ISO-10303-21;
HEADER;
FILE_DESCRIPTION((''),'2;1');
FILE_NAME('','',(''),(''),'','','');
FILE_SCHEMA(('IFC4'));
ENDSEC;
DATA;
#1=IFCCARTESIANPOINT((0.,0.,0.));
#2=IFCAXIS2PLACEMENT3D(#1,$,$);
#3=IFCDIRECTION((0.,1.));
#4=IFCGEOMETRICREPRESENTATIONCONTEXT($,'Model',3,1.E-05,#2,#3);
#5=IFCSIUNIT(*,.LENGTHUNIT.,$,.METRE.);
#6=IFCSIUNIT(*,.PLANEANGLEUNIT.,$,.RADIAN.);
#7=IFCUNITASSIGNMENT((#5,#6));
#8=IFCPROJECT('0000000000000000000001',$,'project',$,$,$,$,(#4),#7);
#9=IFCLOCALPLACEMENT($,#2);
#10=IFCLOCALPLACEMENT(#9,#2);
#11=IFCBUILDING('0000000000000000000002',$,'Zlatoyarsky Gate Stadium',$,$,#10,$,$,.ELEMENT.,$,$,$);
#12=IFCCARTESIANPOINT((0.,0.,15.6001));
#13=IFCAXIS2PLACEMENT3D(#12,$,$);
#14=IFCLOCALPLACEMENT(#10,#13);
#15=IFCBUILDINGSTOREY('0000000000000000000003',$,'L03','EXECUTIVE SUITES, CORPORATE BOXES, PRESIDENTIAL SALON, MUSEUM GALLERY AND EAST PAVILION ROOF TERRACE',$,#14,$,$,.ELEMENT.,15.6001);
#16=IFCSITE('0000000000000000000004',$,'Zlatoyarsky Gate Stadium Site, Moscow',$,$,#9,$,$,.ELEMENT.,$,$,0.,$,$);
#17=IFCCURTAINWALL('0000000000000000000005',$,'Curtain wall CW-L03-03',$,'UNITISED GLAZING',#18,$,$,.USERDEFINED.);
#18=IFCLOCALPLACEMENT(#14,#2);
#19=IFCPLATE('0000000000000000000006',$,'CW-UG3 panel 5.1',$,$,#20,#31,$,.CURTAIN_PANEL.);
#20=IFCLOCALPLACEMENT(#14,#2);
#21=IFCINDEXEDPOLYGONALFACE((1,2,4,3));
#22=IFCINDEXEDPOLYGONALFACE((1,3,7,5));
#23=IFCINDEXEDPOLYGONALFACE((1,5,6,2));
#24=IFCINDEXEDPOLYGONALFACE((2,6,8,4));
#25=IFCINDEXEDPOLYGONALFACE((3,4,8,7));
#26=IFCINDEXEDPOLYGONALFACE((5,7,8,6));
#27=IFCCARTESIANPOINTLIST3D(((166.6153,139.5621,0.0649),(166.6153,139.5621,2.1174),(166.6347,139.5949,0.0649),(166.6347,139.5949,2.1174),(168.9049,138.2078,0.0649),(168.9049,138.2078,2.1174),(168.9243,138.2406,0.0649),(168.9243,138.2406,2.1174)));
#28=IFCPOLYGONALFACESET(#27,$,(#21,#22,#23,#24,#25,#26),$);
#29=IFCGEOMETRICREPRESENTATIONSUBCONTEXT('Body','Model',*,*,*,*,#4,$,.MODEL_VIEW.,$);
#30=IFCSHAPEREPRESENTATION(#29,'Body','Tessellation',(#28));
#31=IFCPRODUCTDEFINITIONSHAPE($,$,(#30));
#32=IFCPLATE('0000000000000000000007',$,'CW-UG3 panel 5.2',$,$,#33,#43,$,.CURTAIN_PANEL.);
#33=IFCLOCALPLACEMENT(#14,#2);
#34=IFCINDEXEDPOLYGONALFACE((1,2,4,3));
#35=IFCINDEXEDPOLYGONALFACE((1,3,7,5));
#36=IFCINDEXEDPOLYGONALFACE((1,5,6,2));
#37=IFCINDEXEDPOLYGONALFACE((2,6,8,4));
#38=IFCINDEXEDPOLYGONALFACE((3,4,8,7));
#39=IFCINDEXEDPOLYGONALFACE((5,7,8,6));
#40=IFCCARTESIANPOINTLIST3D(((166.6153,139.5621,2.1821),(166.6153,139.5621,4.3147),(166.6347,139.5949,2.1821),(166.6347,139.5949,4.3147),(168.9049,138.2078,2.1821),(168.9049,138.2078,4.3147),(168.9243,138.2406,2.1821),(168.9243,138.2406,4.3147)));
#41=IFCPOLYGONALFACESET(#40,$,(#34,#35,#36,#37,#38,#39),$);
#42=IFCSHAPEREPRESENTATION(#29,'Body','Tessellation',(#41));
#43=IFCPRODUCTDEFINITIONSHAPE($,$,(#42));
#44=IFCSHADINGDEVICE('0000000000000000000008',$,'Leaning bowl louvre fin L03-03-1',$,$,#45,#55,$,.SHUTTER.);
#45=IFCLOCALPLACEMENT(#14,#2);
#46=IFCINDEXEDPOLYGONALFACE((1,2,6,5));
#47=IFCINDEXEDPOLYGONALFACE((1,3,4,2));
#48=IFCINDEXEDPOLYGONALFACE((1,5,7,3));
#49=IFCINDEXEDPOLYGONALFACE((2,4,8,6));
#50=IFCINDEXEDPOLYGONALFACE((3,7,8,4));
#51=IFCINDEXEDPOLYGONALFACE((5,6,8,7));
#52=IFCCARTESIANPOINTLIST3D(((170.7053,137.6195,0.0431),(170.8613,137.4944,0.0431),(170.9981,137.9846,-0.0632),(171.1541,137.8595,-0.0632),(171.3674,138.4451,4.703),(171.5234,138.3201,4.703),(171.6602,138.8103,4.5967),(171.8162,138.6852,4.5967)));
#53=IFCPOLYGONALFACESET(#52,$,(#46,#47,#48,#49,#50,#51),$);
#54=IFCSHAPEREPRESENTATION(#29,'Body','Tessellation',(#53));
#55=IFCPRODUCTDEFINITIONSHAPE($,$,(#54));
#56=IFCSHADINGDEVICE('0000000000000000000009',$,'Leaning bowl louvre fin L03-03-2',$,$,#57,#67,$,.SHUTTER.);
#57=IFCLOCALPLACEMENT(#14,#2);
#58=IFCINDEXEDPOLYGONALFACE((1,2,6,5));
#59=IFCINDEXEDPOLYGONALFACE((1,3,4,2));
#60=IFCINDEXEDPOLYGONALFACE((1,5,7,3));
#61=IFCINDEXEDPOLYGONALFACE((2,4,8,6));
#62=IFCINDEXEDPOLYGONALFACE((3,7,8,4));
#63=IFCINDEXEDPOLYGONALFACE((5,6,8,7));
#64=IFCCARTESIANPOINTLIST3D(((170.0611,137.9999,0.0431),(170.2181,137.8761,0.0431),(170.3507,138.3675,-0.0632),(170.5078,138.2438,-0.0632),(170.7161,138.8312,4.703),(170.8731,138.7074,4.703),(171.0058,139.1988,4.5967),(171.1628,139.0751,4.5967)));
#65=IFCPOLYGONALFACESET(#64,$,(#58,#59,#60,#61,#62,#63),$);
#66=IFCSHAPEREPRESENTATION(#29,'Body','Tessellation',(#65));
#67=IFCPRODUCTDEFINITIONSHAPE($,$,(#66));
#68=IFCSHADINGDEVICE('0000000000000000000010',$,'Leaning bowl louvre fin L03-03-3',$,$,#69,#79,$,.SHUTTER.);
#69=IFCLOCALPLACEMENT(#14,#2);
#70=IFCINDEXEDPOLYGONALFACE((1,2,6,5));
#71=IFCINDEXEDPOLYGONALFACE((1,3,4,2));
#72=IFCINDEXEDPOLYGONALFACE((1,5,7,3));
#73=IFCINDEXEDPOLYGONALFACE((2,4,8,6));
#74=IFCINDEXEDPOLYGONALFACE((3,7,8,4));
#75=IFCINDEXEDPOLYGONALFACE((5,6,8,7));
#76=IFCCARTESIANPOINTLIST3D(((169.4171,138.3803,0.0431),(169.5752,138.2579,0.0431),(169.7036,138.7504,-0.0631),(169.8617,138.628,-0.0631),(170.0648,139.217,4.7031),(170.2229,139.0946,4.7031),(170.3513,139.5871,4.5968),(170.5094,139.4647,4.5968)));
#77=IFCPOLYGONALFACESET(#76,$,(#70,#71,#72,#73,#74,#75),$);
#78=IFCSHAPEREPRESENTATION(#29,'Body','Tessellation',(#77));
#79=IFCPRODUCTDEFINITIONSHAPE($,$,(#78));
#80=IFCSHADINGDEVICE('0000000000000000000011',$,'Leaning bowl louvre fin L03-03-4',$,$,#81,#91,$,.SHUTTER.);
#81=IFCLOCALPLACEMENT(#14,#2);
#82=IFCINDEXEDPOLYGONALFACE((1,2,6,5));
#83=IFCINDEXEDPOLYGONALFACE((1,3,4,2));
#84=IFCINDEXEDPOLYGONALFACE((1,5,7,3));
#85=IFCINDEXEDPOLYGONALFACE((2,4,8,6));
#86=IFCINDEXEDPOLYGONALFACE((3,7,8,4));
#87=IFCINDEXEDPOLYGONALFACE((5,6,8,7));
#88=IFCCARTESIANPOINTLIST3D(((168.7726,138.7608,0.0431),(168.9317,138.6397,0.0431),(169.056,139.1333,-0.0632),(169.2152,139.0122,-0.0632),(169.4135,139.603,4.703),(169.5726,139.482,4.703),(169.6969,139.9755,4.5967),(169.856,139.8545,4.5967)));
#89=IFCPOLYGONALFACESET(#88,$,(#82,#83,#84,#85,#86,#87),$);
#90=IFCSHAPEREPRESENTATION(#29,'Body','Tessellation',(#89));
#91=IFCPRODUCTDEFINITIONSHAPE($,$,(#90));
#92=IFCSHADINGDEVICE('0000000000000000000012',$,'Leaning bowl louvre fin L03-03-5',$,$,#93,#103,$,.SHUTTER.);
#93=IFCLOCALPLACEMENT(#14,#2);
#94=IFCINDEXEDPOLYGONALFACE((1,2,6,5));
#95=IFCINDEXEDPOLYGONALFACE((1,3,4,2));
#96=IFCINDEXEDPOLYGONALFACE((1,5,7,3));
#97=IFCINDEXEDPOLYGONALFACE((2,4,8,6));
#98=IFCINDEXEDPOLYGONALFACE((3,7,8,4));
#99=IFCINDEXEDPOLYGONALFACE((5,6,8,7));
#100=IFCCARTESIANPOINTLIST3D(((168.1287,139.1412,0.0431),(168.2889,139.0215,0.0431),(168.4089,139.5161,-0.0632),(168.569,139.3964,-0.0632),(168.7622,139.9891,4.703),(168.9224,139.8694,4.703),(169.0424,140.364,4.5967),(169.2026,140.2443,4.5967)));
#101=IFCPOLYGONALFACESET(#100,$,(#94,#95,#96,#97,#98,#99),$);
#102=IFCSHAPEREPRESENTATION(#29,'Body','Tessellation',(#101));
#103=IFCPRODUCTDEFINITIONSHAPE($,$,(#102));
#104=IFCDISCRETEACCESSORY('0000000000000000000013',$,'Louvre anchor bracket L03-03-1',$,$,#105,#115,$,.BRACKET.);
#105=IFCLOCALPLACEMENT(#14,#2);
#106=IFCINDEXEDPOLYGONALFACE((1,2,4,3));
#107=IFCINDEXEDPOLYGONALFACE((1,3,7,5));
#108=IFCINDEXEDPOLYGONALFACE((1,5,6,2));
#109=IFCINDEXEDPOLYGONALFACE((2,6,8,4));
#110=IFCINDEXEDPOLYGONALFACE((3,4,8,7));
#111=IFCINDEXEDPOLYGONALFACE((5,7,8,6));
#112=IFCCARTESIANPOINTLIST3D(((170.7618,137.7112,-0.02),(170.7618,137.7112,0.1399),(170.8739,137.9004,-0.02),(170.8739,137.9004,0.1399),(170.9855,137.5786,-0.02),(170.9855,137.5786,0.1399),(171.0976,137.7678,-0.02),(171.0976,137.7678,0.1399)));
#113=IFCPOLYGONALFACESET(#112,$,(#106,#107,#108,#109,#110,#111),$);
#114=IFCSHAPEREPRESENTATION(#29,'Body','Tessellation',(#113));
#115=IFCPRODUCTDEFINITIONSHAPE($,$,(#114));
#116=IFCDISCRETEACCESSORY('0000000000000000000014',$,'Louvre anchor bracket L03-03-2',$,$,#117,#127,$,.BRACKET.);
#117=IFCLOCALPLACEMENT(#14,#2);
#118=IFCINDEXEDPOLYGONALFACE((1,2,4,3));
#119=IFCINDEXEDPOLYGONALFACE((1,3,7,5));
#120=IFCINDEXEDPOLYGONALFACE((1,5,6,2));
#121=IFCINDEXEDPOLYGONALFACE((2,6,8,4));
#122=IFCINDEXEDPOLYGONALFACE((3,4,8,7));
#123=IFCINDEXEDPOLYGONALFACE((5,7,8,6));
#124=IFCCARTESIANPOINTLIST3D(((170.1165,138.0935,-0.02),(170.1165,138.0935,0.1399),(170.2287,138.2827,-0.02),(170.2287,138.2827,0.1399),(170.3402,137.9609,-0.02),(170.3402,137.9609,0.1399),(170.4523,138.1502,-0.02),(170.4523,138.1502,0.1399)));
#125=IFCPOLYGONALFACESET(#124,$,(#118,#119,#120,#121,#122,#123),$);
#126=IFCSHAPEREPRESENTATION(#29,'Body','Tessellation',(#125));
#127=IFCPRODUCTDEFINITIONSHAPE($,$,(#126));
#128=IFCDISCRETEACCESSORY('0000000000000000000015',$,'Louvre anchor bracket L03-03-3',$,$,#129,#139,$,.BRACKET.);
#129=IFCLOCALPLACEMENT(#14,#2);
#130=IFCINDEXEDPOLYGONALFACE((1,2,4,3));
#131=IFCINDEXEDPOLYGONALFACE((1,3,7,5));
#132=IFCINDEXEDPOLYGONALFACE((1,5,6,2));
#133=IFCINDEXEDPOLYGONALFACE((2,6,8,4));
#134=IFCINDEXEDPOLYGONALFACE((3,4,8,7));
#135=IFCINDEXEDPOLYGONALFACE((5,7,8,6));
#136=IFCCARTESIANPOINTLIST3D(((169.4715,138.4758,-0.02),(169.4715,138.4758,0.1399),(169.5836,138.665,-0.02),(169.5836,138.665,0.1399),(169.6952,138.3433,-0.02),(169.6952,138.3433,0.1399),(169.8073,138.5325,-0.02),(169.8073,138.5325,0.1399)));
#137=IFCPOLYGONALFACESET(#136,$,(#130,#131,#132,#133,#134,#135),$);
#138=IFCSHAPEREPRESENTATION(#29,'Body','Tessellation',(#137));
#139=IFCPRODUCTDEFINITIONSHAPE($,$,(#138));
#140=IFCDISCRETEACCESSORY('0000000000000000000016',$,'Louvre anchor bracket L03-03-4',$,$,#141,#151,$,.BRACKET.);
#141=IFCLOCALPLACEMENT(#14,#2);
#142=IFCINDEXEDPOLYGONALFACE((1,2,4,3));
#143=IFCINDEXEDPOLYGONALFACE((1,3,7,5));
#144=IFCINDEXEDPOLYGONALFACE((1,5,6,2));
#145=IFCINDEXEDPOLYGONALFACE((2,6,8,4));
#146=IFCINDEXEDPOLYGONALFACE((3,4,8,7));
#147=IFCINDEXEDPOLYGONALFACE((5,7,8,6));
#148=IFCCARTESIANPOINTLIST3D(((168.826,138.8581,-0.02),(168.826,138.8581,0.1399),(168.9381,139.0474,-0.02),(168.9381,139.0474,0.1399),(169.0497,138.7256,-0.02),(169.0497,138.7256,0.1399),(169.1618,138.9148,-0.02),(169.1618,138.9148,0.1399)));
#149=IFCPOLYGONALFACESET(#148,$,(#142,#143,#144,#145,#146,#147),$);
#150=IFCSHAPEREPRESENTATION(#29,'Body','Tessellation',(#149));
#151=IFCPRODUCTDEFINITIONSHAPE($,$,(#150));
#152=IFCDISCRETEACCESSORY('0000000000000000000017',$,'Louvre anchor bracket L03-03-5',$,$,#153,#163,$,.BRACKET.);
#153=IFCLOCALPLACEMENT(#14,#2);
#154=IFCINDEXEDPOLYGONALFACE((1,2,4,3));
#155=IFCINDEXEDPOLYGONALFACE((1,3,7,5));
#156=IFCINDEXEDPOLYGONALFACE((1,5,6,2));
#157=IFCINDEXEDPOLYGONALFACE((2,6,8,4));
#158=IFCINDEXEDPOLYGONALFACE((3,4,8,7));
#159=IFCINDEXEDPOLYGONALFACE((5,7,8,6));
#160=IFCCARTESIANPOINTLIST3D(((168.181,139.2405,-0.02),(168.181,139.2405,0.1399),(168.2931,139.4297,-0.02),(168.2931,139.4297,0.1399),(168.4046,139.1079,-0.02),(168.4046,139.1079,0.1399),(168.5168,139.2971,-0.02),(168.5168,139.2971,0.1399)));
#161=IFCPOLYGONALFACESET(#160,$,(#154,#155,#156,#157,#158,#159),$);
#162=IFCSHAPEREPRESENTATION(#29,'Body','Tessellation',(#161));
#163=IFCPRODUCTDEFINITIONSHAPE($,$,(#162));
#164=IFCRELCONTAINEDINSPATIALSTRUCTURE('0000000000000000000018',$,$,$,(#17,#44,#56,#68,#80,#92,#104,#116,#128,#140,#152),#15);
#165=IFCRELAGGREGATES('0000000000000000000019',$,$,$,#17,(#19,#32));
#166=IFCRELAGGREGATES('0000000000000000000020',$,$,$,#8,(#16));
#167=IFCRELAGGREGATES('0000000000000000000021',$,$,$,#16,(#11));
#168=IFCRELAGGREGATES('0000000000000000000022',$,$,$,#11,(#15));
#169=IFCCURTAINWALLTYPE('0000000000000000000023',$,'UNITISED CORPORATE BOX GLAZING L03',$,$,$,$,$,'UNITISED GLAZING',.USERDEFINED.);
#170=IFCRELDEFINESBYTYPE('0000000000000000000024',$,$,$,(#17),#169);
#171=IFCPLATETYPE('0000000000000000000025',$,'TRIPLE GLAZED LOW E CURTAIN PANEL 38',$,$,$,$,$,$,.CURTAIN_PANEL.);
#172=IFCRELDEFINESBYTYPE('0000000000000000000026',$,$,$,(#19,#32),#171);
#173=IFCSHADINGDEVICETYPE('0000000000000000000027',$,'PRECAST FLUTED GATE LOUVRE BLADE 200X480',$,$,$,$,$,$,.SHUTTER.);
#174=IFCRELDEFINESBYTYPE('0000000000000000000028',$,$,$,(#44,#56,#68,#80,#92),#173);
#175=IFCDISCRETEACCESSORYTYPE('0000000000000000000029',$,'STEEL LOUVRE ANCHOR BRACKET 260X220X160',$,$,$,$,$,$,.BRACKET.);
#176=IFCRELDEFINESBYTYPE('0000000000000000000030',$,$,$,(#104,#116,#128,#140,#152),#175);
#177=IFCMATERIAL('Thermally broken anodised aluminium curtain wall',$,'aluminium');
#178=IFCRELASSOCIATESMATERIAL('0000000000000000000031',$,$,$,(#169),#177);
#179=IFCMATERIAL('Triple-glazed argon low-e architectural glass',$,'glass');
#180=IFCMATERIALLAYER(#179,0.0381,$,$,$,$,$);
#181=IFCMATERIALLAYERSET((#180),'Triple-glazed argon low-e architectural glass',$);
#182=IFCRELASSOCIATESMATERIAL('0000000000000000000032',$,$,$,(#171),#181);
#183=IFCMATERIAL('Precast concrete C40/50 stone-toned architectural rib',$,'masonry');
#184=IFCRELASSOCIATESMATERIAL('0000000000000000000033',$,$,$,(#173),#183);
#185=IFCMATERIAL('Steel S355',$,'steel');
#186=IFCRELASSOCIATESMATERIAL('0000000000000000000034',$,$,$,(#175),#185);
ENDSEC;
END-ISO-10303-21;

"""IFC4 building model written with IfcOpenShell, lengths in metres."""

from ifc_helpers import new_model, si_unit, direction, frame, origin, origin_2d, place, context, subcontext, project, spatial, rectangle, extrude, material, layer, layer_set, material_profile, profile_set, type_object, element, aggregate, save


model = new_model("IFC4")

# Units and contexts
model_context = context("Model", 3, precision=1e-05, world=origin(), true_north=direction((0.0, 1.0)))
body_context = subcontext(model_context, "Body", "Model", "MODEL_VIEW")
ifc_project = project(units=[si_unit("LENGTHUNIT", "METRE"), si_unit("PLANEANGLEUNIT", "RADIAN")], contexts=[model_context])

# Site, building, storey
site_placement = place(None, origin())
site = spatial("IfcSite", under=ifc_project, at=site_placement, Name="Zlatoyarsky Gate Stadium Site, Moscow", CompositionType="ELEMENT", RefElevation=0.0)
building_placement = place(site_placement, origin())
building = spatial("IfcBuilding", under=site, at=building_placement, Name="Zlatoyarsky Gate Stadium", CompositionType="ELEMENT")
storey_placement = place(building_placement, frame((0.0, 0.0, 15.6001)))
storey = spatial("IfcBuildingStorey", under=building, at=storey_placement, Name="L03", Description="EXECUTIVE SUITES, CORPORATE BOXES, PRESIDENTIAL SALON, MUSEUM GALLERY AND EAST PAVILION ROOF TERRACE", CompositionType="ELEMENT", Elevation=15.6001)

# Curtain wall
ifc_material_1 = material(Name="Thermally broken anodised aluminium curtain wall", Category="aluminium")
curtain_wall_type = type_object("IfcCurtainWallType", Name="UNITISED CORPORATE BOX GLAZING L03", ElementType="UNITISED GLAZING", PredefinedType="USERDEFINED", material=ifc_material_1)
curtain_wall_placement = place(storey_placement, origin())
curtain_wall = element("IfcCurtainWall", 1, at=curtain_wall_placement, inside=storey, type_object=curtain_wall_type, Name="Curtain wall CW-L03-03", ObjectType="UNITISED GLAZING", PredefinedType="USERDEFINED")

# Shared definitions
ifc_material_2 = material(Name="Steel S355", Category="steel")

# Plates
ifc_material_3 = material(Name="Triple-glazed argon low-e architectural glass", Category="glass")
ifc_layer_1 = layer(ifc_material_3, 0.0381)
ifc_layer_set_1 = layer_set([ifc_layer_1], Name="Triple-glazed argon low-e architectural glass")
plate_type_1 = type_object("IfcPlateType", Name="TRIPLE GLAZED LOW E CURTAIN PANEL 38", PredefinedType="CURTAIN_PANEL", material=ifc_layer_set_1)
plate_1_placement = place(storey_placement, frame((167.7698, 138.9014, 0.0649), z_axis=(0.0, 0.0, 1.0), x_axis=(-0.860708, 0.509098, 0.0)))
plate_1 = element("IfcPlate", 2, at=plate_1_placement, type_object=plate_type_1, Name="CW-UG3 panel 5.1", PredefinedType="CURTAIN_PANEL", context=body_context, shape_type="SweptSolid", body=[
    extrude(rectangle(XDim=2.6602, YDim=0.0381, at=origin_2d()), origin(), (0.0, 0.0, 1.0), 2.0525),
])
plate_2_placement = place(storey_placement, frame((167.7698, 138.9014, 2.1821), z_axis=(0.0, 0.0, 1.0), x_axis=(-0.860708, 0.509098, 0.0)))
plate_2 = element("IfcPlate", 3, at=plate_2_placement, type_object=plate_type_1, Name="CW-UG3 panel 5.2", PredefinedType="CURTAIN_PANEL", context=body_context, shape_type="SweptSolid", body=[
    extrude(rectangle(XDim=2.6602, YDim=0.0381, at=origin_2d()), origin(), (0.0, 0.0, 1.0), 2.1326),
])
aggregate(curtain_wall, [plate_1, plate_2])

# Shading devices
ifc_material_4 = material(Name="Precast concrete C40/50 stone-toned architectural rib", Category="masonry")
ifc_material_profile_1 = material_profile(ifc_material_4, rectangle(XDim=0.2, YDim=0.48, at=origin_2d()), Name="RIB 200X480")
ifc_profile_set_1 = profile_set([ifc_material_profile_1], Name="Precast concrete C40/50 stone-toned architectural rib")
shading_device_type = type_object("IfcShadingDeviceType", Name="PRECAST FLUTED GATE LOUVRE BLADE 200X480", PredefinedType="SHUTTER", material=ifc_profile_set_1)
for number, where, z_axis, x_axis, name in (
    (4, (170.9297, 137.7395, -0.01), (0.138557, 0.172788, 0.975165), (-0.780148, 0.625595, 0.0), "Leaning bowl louvre fin L03-03-1"),
    (5, (170.2844, 138.1218, -0.01), (0.137076, 0.173963, 0.975165), (-0.785461, 0.618911, 0.0), "Leaning bowl louvre fin L03-03-2"),
    (6, (169.6394, 138.5042, -0.01), (0.135545, 0.17509, 0.975178), (-0.790742, 0.61215, 0.0), "Leaning bowl louvre fin L03-03-3"),
    (7, (168.9939, 138.8865, -0.01), (0.134113, 0.176262, 0.975164), (-0.795829, 0.605522, 0.0), "Leaning bowl louvre fin L03-03-4"),
    (8, (168.3489, 139.2688, -0.01), (0.132579, 0.177437, 0.975161), (-0.801078, 0.59856, 0.0), "Leaning bowl louvre fin L03-03-5"),
):
    element("IfcShadingDevice", number, at=place(storey_placement, frame(where, z_axis=z_axis, x_axis=x_axis)), inside=storey, type_object=shading_device_type, Name=name, PredefinedType="SHUTTER", context=body_context, shape_type="SweptSolid", body=[
        extrude(rectangle(XDim=0.2, YDim=0.48, at=origin_2d()), origin(), (0.0, 0.0, 1.0), 4.7786),
    ])

# Discrete accessories
discrete_accessory_type = type_object("IfcDiscreteAccessoryType", Name="STEEL LOUVRE ANCHOR BRACKET 260X220X160", PredefinedType="BRACKET", material=ifc_material_2)
for number, where, z_axis, x_axis, name in (
    (9, (170.9297, 137.7395, -0.02), (0.0, 0.0, 1.0), (-0.860285, 0.509814, 0.0), "Louvre anchor bracket L03-03-1"),
    (10, (170.2844, 138.1218, -0.02), (0.0, 0.0, 1.0), (-0.860285, 0.509814, 0.0), "Louvre anchor bracket L03-03-2"),
    (11, (169.6394, 138.5042, -0.02), (0.0, 0.0, 1.0), (-0.860285, 0.509814, 0.0), "Louvre anchor bracket L03-03-3"),
    (12, (168.9939, 138.8865, -0.02), (0.0, 0.0, 1.0), (-0.860285, 0.509814, 0.0), "Louvre anchor bracket L03-03-4"),
    (13, (168.3489, 139.2688, -0.02), (0.0, 0.0, 1.0), (-0.860285, 0.509814, 0.0), "Louvre anchor bracket L03-03-5"),
):
    element("IfcDiscreteAccessory", number, at=place(storey_placement, frame(where, z_axis=z_axis, x_axis=x_axis)), inside=storey, type_object=discrete_accessory_type, Name=name, PredefinedType="BRACKET", context=body_context, shape_type="SweptSolid", body=[
        extrude(rectangle(XDim=0.26, YDim=0.22, at=origin_2d()), origin(), (0.0, 0.0, 1.0), 0.1599),
    ])

save(model, "model.ifc")
